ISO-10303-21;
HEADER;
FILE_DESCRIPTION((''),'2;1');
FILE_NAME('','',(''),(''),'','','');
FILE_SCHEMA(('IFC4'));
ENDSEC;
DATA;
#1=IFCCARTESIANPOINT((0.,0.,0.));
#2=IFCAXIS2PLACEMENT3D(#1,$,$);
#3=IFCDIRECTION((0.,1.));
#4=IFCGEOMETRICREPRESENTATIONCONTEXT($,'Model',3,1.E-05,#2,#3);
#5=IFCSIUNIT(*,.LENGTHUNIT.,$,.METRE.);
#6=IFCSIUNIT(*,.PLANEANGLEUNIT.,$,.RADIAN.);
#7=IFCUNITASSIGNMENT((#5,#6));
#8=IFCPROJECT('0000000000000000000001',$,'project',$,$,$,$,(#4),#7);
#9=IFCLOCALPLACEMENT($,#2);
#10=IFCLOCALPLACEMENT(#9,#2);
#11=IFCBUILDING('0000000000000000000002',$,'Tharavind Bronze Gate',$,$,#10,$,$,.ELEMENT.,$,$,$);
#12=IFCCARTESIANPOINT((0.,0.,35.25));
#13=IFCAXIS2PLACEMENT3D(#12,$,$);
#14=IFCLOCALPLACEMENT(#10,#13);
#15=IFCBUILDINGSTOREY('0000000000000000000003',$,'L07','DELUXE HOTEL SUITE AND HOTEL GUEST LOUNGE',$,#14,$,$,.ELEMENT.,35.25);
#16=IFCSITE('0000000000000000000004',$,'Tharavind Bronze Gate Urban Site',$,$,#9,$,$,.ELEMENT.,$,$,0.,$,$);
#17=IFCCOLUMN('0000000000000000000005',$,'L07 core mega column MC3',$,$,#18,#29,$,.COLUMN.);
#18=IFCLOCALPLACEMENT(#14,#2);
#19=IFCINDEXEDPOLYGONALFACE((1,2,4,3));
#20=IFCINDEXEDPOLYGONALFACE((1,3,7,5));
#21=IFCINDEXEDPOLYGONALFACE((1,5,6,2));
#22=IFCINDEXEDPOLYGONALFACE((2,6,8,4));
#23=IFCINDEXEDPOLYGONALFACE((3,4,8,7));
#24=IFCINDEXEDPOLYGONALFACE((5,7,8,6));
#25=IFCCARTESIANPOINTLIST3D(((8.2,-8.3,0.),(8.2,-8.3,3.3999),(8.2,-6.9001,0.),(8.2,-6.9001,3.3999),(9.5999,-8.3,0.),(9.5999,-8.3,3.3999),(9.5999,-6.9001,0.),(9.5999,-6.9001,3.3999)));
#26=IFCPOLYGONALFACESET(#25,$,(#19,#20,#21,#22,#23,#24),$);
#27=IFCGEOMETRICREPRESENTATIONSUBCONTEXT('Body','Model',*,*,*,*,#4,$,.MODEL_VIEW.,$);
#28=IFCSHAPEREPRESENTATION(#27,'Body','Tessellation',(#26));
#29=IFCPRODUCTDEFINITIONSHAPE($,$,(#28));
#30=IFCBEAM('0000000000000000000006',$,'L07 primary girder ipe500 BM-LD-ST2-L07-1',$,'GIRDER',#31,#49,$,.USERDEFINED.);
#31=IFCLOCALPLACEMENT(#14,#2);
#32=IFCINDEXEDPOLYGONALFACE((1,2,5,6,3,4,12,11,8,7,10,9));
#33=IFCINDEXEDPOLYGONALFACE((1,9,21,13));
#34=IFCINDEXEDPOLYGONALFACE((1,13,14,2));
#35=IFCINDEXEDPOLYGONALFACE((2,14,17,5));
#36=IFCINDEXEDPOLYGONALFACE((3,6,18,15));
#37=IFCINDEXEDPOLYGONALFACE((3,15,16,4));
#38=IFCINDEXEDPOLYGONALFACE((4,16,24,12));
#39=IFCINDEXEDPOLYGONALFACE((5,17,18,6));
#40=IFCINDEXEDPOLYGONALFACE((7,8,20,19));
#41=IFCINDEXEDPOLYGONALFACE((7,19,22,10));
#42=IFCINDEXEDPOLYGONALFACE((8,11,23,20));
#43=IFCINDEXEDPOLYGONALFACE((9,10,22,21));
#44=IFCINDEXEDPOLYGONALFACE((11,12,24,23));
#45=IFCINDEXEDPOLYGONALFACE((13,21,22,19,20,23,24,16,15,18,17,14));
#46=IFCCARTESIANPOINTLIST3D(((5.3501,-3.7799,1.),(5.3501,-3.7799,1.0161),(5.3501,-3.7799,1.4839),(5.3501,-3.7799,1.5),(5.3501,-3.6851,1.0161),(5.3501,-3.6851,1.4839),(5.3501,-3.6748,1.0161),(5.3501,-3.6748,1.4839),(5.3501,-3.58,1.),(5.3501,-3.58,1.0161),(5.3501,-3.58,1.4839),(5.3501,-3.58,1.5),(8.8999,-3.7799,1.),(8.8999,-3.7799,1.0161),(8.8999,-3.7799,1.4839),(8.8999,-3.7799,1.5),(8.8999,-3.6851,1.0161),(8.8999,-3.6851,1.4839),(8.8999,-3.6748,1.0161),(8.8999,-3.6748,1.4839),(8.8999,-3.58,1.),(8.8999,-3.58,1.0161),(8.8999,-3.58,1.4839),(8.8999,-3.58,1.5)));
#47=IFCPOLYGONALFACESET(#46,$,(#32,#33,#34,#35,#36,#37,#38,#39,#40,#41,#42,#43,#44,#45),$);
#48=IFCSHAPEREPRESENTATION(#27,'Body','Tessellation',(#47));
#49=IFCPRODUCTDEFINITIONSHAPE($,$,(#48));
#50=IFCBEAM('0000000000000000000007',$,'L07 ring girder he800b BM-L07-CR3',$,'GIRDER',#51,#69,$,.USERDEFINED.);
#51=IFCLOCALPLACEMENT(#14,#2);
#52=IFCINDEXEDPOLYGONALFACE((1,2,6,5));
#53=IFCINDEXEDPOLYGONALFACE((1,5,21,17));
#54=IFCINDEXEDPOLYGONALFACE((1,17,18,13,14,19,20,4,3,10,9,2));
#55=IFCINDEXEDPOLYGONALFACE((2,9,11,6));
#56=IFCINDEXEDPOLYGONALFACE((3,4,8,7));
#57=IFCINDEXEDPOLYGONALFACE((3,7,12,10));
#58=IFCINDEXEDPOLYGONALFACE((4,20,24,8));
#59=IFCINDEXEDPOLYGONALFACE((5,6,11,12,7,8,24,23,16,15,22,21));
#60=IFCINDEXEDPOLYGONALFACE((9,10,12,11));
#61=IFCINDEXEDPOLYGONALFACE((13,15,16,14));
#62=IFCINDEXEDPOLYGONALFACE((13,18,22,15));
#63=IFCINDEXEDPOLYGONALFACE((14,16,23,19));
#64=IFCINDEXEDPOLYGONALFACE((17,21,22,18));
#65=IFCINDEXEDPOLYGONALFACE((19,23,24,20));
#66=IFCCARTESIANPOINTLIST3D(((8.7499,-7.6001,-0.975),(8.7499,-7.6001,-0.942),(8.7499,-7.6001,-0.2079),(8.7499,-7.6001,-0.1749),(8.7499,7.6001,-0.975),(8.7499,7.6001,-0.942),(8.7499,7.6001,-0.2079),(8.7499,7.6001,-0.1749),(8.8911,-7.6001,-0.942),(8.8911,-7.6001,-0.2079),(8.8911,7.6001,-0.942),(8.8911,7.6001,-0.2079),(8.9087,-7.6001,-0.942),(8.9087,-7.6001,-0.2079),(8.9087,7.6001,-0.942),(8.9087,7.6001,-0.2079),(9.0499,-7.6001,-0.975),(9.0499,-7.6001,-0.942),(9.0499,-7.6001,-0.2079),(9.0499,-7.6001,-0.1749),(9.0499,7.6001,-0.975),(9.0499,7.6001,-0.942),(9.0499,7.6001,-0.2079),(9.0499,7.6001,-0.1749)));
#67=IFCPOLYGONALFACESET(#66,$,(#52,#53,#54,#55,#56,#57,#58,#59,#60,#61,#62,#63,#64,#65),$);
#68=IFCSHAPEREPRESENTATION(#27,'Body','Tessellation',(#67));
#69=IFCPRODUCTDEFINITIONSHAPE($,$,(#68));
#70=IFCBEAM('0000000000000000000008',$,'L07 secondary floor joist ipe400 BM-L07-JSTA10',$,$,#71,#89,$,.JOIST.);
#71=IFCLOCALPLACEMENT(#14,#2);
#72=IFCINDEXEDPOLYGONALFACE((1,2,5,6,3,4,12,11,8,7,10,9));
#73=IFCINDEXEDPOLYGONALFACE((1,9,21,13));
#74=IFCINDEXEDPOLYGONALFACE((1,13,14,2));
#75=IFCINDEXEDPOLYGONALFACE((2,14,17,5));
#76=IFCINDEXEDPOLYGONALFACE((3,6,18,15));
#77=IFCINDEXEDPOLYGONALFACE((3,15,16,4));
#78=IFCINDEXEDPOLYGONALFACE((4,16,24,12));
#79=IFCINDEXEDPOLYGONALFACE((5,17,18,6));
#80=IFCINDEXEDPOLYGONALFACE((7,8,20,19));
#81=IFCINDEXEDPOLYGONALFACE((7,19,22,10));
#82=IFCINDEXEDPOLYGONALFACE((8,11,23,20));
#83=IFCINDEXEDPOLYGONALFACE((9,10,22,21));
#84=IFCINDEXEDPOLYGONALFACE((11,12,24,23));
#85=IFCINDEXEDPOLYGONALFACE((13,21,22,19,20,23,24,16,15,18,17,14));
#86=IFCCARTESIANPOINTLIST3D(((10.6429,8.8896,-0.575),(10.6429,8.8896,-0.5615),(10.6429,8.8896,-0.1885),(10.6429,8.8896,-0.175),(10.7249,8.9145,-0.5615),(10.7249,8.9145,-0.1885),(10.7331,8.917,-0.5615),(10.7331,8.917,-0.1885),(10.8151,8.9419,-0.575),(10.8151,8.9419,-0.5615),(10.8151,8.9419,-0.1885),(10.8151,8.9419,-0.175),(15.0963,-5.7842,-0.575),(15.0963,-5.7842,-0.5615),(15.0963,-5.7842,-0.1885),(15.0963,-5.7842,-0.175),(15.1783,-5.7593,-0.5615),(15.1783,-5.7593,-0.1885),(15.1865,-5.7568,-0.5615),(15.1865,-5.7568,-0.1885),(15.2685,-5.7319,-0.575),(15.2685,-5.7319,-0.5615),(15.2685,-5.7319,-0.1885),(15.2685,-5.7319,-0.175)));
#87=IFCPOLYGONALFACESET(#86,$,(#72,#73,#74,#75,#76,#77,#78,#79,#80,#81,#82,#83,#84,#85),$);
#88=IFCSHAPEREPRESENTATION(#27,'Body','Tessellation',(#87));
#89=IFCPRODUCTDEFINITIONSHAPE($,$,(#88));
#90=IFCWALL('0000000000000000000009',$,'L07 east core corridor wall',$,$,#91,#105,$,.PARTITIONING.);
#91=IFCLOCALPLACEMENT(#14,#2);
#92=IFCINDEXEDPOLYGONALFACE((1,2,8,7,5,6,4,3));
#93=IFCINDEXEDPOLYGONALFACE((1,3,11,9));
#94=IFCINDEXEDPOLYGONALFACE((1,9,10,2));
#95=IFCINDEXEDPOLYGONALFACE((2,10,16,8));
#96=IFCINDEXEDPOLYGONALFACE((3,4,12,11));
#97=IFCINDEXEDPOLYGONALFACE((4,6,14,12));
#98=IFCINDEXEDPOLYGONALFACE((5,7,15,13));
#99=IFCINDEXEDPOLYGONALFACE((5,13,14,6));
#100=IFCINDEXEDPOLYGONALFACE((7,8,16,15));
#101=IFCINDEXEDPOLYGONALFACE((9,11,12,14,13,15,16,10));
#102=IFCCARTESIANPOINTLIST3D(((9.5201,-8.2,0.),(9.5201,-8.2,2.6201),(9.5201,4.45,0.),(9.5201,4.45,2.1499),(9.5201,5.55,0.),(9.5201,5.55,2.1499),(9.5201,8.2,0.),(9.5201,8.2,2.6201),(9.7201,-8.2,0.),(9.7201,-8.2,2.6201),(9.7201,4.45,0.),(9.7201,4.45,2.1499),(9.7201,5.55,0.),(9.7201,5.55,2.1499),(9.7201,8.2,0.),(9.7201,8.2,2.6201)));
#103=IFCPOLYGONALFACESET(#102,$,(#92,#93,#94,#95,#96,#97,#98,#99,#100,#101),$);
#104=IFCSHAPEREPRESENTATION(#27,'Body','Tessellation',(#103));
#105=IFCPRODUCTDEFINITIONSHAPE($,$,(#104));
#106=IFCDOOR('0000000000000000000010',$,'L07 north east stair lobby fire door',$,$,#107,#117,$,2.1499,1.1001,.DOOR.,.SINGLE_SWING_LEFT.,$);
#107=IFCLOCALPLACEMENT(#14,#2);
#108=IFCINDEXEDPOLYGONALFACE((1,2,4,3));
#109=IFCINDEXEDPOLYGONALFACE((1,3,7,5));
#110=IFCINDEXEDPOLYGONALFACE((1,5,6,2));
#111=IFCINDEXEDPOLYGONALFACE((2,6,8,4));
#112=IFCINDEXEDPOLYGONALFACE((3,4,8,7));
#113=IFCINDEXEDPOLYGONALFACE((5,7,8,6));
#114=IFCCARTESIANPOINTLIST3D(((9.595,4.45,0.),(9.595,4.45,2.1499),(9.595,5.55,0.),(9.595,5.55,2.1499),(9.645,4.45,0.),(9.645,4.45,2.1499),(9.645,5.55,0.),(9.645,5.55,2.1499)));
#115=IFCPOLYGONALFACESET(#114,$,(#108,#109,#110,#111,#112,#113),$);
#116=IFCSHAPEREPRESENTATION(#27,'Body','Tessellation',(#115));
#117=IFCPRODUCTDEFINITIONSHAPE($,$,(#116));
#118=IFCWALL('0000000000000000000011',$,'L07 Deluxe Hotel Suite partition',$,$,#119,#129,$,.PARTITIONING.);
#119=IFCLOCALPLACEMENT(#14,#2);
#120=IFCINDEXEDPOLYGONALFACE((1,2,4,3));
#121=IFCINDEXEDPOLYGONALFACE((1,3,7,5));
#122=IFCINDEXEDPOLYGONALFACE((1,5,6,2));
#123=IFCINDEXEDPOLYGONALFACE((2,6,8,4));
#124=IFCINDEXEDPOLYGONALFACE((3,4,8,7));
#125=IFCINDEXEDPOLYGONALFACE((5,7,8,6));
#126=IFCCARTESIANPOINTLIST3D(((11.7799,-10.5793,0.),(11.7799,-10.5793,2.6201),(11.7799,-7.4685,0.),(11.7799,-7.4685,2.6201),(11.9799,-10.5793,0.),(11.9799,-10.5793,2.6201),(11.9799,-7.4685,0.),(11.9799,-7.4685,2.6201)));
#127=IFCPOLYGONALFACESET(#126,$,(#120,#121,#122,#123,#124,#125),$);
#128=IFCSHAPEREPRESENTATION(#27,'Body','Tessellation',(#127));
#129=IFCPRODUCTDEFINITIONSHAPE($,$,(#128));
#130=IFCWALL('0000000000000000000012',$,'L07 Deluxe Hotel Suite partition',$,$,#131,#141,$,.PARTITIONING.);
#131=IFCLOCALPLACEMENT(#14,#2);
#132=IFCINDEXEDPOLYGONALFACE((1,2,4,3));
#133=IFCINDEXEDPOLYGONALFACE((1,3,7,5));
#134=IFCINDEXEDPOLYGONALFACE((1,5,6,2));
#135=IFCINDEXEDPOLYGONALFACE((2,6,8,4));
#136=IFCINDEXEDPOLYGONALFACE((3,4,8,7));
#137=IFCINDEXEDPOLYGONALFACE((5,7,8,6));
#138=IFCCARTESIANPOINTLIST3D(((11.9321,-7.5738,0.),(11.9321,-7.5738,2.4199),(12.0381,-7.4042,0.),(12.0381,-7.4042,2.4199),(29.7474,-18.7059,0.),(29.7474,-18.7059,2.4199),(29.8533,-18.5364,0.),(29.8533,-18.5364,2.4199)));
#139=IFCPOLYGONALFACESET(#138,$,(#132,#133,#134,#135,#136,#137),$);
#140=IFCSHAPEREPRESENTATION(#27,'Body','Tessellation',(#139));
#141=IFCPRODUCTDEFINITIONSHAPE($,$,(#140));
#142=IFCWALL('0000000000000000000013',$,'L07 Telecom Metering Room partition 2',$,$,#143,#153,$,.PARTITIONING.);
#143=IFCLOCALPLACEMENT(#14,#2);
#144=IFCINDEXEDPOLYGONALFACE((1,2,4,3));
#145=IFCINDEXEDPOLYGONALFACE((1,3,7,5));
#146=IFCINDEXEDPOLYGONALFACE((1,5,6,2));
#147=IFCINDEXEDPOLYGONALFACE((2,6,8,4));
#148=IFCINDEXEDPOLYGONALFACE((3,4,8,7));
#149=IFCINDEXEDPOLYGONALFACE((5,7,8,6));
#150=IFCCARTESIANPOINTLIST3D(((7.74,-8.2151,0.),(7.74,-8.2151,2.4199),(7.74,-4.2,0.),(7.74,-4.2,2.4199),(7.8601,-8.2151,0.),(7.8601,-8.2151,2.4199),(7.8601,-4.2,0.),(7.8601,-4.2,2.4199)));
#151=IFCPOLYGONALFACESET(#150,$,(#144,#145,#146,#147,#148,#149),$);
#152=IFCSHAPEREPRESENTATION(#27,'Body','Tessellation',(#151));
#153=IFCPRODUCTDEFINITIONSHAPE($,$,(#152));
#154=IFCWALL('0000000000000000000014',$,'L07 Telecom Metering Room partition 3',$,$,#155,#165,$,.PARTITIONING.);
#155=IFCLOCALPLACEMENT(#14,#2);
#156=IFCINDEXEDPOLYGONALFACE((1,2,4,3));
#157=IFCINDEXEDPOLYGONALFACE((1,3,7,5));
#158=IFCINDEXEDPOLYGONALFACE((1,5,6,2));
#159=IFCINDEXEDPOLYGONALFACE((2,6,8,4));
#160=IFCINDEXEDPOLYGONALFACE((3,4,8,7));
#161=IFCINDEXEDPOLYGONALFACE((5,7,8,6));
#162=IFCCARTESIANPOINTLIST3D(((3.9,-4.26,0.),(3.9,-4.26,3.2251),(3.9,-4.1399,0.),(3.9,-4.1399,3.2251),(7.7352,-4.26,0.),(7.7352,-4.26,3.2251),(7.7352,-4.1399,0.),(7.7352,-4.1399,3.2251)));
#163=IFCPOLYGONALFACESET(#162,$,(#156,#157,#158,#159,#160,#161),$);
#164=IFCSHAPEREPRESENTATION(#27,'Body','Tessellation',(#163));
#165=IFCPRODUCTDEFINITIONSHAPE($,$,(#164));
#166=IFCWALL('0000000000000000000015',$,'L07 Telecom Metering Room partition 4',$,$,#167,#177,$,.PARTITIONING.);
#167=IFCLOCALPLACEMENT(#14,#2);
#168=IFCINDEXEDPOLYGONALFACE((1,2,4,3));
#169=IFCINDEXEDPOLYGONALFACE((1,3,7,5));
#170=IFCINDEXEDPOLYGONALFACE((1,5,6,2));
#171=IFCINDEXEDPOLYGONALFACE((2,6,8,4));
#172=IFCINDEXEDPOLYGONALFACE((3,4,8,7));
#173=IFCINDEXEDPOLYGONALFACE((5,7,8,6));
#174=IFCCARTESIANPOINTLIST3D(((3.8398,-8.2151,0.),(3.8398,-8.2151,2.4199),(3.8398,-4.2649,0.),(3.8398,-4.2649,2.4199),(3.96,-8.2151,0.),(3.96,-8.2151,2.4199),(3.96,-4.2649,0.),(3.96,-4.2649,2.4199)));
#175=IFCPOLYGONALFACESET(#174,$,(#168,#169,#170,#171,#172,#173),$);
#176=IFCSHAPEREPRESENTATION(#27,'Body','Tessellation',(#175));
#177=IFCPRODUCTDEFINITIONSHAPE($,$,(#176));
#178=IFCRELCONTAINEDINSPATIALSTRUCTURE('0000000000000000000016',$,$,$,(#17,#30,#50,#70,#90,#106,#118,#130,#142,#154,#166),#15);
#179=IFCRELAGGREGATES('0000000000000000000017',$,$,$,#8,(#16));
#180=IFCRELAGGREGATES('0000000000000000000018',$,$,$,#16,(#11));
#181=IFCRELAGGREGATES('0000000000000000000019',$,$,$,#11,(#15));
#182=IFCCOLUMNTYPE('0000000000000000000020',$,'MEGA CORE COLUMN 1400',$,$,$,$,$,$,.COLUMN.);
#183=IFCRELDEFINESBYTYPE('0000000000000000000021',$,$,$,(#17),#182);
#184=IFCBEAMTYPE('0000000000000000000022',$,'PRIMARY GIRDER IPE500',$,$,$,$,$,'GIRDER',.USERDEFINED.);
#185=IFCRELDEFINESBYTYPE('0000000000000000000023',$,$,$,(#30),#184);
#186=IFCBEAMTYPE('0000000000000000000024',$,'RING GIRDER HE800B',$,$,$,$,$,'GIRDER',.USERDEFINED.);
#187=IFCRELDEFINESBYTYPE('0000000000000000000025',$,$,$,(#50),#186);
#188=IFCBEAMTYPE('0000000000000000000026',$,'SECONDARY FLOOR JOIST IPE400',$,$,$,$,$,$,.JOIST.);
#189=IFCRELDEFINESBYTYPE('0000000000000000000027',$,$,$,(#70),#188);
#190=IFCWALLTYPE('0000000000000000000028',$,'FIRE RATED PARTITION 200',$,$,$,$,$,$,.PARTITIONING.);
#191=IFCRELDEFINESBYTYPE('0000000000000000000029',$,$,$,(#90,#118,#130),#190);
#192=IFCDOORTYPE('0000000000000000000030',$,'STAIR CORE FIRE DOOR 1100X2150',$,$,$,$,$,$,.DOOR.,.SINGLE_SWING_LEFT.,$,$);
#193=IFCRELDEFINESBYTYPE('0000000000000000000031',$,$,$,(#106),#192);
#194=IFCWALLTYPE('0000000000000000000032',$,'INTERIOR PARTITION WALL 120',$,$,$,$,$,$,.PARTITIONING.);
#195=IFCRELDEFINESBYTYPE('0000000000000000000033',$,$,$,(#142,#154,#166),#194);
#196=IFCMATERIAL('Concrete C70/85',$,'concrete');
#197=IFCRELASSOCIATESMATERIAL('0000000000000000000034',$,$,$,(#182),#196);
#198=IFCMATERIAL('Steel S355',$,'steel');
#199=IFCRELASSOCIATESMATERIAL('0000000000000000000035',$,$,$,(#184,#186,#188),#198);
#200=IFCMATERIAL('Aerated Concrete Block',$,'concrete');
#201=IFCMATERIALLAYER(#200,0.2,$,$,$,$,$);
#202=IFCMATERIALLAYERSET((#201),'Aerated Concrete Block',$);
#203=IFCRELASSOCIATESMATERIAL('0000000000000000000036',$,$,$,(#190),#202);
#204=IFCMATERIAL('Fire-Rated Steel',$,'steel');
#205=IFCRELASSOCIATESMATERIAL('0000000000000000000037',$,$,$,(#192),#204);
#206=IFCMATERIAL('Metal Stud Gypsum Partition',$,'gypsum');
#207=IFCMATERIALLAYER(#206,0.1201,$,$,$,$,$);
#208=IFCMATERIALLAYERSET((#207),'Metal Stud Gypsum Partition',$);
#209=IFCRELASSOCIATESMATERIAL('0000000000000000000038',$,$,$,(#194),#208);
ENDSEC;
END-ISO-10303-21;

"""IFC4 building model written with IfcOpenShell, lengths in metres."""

from ifc_helpers import new_model, si_unit, direction, frame, frame_2d, origin, origin_2d, place, context, subcontext, project, spatial, rectangle, i_section, extrude, material, layer, layer_set, material_profile, profile_set, type_object, element, fill, save


model = new_model("IFC4")

# Units and contexts
model_context = context("Model", 3, precision=1e-05, world=origin(), true_north=direction((0.0, 1.0)))
body_context = subcontext(model_context, "Body", "Model", "MODEL_VIEW")
ifc_project = project(units=[si_unit("LENGTHUNIT", "METRE"), si_unit("PLANEANGLEUNIT", "RADIAN")], contexts=[model_context])

# Site, building, storey
site_placement = place(None, origin())
site = spatial("IfcSite", under=ifc_project, at=site_placement, Name="Tharavind Bronze Gate Urban Site", CompositionType="ELEMENT", RefElevation=0.0)
building_placement = place(site_placement, origin())
building = spatial("IfcBuilding", under=site, at=building_placement, Name="Tharavind Bronze Gate", CompositionType="ELEMENT")
storey_placement = place(building_placement, frame((0.0, 0.0, 35.25)))
storey = spatial("IfcBuildingStorey", under=building, at=storey_placement, Name="L07", Description="DELUXE HOTEL SUITE AND HOTEL GUEST LOUNGE", CompositionType="ELEMENT", Elevation=35.25)

# Column
ifc_material_1 = material(Name="Concrete C70/85", Category="concrete")
ifc_material_profile_1 = material_profile(ifc_material_1, rectangle(XDim=1.3999, YDim=1.3999, at=origin_2d()), Name="RCCOL1400")
ifc_profile_set_1 = profile_set([ifc_material_profile_1], Name="Concrete C70/85")
column_type = type_object("IfcColumnType", Name="MEGA CORE COLUMN 1400", PredefinedType="COLUMN", material=ifc_profile_set_1)
column_placement = place(storey_placement, frame((8.8999, -7.6001, 0.0), z_axis=(0.0, 0.0, 1.0), x_axis=(1.0, 0.0, 0.0)))
element("IfcColumn", 1, at=column_placement, inside=storey, type_object=column_type, Name="L07 core mega column MC3", PredefinedType="COLUMN", context=body_context, shape_type="SweptSolid", body=[
    extrude(rectangle(XDim=1.3999, YDim=1.3999, at=origin_2d()), origin(), (0.0, 0.0, 1.0), 3.3999),
])

# Beams
ifc_material_2 = material(Name="Steel S355", Category="steel")
ifc_material_profile_2 = material_profile(ifc_material_2, i_section(OverallWidth=0.2, OverallDepth=0.5, WebThickness=0.0103, FlangeThickness=0.0161, at=origin_2d()), Name="IPE500")
ifc_profile_set_2 = profile_set([ifc_material_profile_2], Name="Steel S355")
beam_type_1 = type_object("IfcBeamType", Name="PRIMARY GIRDER IPE500", ElementType="GIRDER", PredefinedType="USERDEFINED", material=ifc_profile_set_2)
beam_1_placement = place(storey_placement, frame((5.3501, -3.6799, 1.25), z_axis=(1.0, 0.0, 0.0), x_axis=(0.0, 1.0, 0.0)))
element("IfcBeam", 2, at=beam_1_placement, inside=storey, type_object=beam_type_1, Name="L07 primary girder ipe500 BM-LD-ST2-L07-1", ObjectType="GIRDER", PredefinedType="USERDEFINED", context=body_context, shape_type="SweptSolid", body=[
    extrude(i_section(OverallWidth=0.2, OverallDepth=0.5, WebThickness=0.0103, FlangeThickness=0.0161, at=origin_2d()), origin(), (0.0, 0.0, 1.0), 3.5498),
])
ifc_material_profile_3 = material_profile(ifc_material_2, i_section(OverallWidth=0.3, OverallDepth=0.8, WebThickness=0.0176, FlangeThickness=0.033, at=origin_2d()), Name="HE800B")
ifc_profile_set_3 = profile_set([ifc_material_profile_3], Name="Steel S355")
beam_type_2 = type_object("IfcBeamType", Name="RING GIRDER HE800B", ElementType="GIRDER", PredefinedType="USERDEFINED", material=ifc_profile_set_3)
beam_2_placement = place(storey_placement, frame((8.8999, -7.6001, -0.575), z_axis=(0.0, 1.0, 0.0), x_axis=(-1.0, 0.0, 0.0)))
element("IfcBeam", 3, at=beam_2_placement, inside=storey, type_object=beam_type_2, Name="L07 ring girder he800b BM-L07-CR3", ObjectType="GIRDER", PredefinedType="USERDEFINED", context=body_context, shape_type="SweptSolid", body=[
    extrude(i_section(OverallWidth=0.3, OverallDepth=0.8, WebThickness=0.0176, FlangeThickness=0.033, at=origin_2d()), origin(), (0.0, 0.0, 1.0), 15.2002),
])
ifc_material_profile_4 = material_profile(ifc_material_2, i_section(OverallWidth=0.1799, OverallDepth=0.3999, WebThickness=0.0085, FlangeThickness=0.0134, at=origin_2d()), Name="IPE400")
ifc_profile_set_4 = profile_set([ifc_material_profile_4], Name="Steel S355")
beam_type_3 = type_object("IfcBeamType", Name="SECONDARY FLOOR JOIST IPE400", PredefinedType="JOIST", material=ifc_profile_set_4)
beam_3_placement = place(storey_placement, frame((15.1824, -5.7581, -0.375), z_axis=(-0.290411, 0.956902, 0.0), x_axis=(-0.956902, -0.290411, 0.0)))
element("IfcBeam", 4, at=beam_3_placement, inside=storey, type_object=beam_type_3, Name="L07 secondary floor joist ipe400 BM-L07-JSTA10", PredefinedType="JOIST", context=body_context, shape_type="SweptSolid", body=[
    extrude(i_section(OverallWidth=0.1799, OverallDepth=0.3999, WebThickness=0.0085, FlangeThickness=0.0134, at=origin_2d()), origin(), (0.0, 0.0, 1.0), 15.3347),
])

# Wall, opening, door
ifc_material_3 = material(Name="Aerated Concrete Block", Category="concrete")
ifc_layer_1 = layer(ifc_material_3, 0.2)
ifc_layer_set_1 = layer_set([ifc_layer_1], Name="Aerated Concrete Block")
wall_type_1 = type_object("IfcWallType", Name="FIRE RATED PARTITION 200", PredefinedType="PARTITIONING", material=ifc_layer_set_1)
wall_1_placement = place(storey_placement, frame((9.6201, -8.2, 0.0), z_axis=(0.0, 0.0, 1.0), x_axis=(0.0, 1.0, 0.0)))
wall_1 = element("IfcWall", 5, at=wall_1_placement, inside=storey, type_object=wall_type_1, Name="L07 east core corridor wall", PredefinedType="PARTITIONING", context=body_context, shape_type="SweptSolid", body=[
    extrude(rectangle(XDim=16.3999, YDim=0.2, at=frame_2d((8.2, 0.0))), origin(), (0.0, 0.0, 1.0), 2.6201),
])
opening_1_placement = place(wall_1_placement, frame((12.6499, 0.0, 0.0)))
opening_1 = element("IfcOpeningElement", 6, at=opening_1_placement, cuts=wall_1, PredefinedType="OPENING", context=body_context, shape_type="SweptSolid", body=[
    extrude(rectangle(XDim=1.1001, YDim=2.1499, at=frame_2d((0.55, 1.075))), frame((0.0, 0.1101, 0.0), z_axis=(0.0, -1.0, 0.0), x_axis=(1.0, 0.0, 0.0)), (0.0, 0.0, 1.0), 0.22),
])
ifc_material_4 = material(Name="Fire-Rated Steel", Category="steel")
door_type_1 = type_object("IfcDoorType", Name="STAIR CORE FIRE DOOR 1100X2150", OperationType="SINGLE_SWING_LEFT", PredefinedType="DOOR", material=ifc_material_4)
door_1_placement = place(opening_1_placement, frame((1.1001, 0.0, 0.0), z_axis=(0.0, 0.0, 1.0), x_axis=(-1.0, 0.0, 0.0)))
door_1 = element("IfcDoor", 7, at=door_1_placement, inside=storey, type_object=door_type_1, Name="L07 north east stair lobby fire door", OperationType="SINGLE_SWING_LEFT", OverallHeight=2.1499, OverallWidth=1.1001, PredefinedType="DOOR", context=body_context, shape_type="SweptSolid", body=[
    extrude(rectangle(XDim=1.1001, YDim=2.1499, at=frame_2d((0.55, 1.075))), frame((0.0, 0.0249, 0.0), z_axis=(0.0, -1.0, 0.0), x_axis=(1.0, 0.0, 0.0)), (0.0, 0.0, 1.0), 0.05),
])
fill(opening_1, door_1)

# Walls
wall_2_placement = place(storey_placement, frame((11.8799, -10.5793, 0.0), z_axis=(0.0, 0.0, 1.0), x_axis=(0.0, 1.0, 0.0)))
element("IfcWall", 8, at=wall_2_placement, inside=storey, type_object=wall_type_1, Name="L07 Deluxe Hotel Suite partition", PredefinedType="PARTITIONING", context=body_context, shape_type="SweptSolid", body=[
    extrude(rectangle(XDim=3.1108, YDim=0.2, at=frame_2d((1.5554, 0.0))), origin(), (0.0, 0.0, 1.0), 2.6201),
])
wall_3_placement = place(storey_placement, frame((11.9851, -7.489, 0.0), z_axis=(0.0, 0.0, 1.0), x_axis=(0.84805, -0.529916, 0.0)))
element("IfcWall", 9, at=wall_3_placement, inside=storey, type_object=wall_type_1, Name="L07 Deluxe Hotel Suite partition", PredefinedType="PARTITIONING", context=body_context, shape_type="SweptSolid", body=[
    extrude(rectangle(XDim=21.0073, YDim=0.2, at=frame_2d((10.5037, 0.0))), origin(), (0.0, 0.0, 1.0), 2.4199),
])

# Walls
ifc_material_5 = material(Name="Metal Stud Gypsum Partition", Category="gypsum")
ifc_layer_2 = layer(ifc_material_5, 0.1201)
ifc_layer_set_2 = layer_set([ifc_layer_2], Name="Metal Stud Gypsum Partition")
wall_type_2 = type_object("IfcWallType", Name="INTERIOR PARTITION WALL 120", PredefinedType="PARTITIONING", material=ifc_layer_set_2)
wall_4_placement = place(storey_placement, frame((7.8, -8.2151, 0.0), z_axis=(0.0, 0.0, 1.0), x_axis=(0.0, 1.0, 0.0)))
element("IfcWall", 10, at=wall_4_placement, inside=storey, type_object=wall_type_2, Name="L07 Telecom Metering Room partition 2", PredefinedType="PARTITIONING", context=body_context, shape_type="SweptSolid", body=[
    extrude(rectangle(XDim=4.0151, YDim=0.1201, at=frame_2d((2.0076, 0.0))), origin(), (0.0, 0.0, 1.0), 2.4199),
])
wall_5_placement = place(storey_placement, frame((7.7351, -4.2, 0.0), z_axis=(0.0, 0.0, 1.0), x_axis=(-1.0, 0.0, 0.0)))
element("IfcWall", 11, at=wall_5_placement, inside=storey, type_object=wall_type_2, Name="L07 Telecom Metering Room partition 3", PredefinedType="PARTITIONING", context=body_context, shape_type="SweptSolid", body=[
    extrude(rectangle(XDim=3.8352, YDim=0.1201, at=frame_2d((1.9175, 0.0))), origin(), (0.0, 0.0, 1.0), 3.2251),
])
wall_6_placement = place(storey_placement, frame((3.8999, -4.2649, 0.0), z_axis=(0.0, 0.0, 1.0), x_axis=(0.0, -1.0, 0.0)))
element("IfcWall", 12, at=wall_6_placement, inside=storey, type_object=wall_type_2, Name="L07 Telecom Metering Room partition 4", PredefinedType="PARTITIONING", context=body_context, shape_type="SweptSolid", body=[
    extrude(rectangle(XDim=3.9502, YDim=0.1201, at=frame_2d((1.9751, 0.0))), origin(), (0.0, 0.0, 1.0), 2.4199),
])

save(model, "model.ifc")
